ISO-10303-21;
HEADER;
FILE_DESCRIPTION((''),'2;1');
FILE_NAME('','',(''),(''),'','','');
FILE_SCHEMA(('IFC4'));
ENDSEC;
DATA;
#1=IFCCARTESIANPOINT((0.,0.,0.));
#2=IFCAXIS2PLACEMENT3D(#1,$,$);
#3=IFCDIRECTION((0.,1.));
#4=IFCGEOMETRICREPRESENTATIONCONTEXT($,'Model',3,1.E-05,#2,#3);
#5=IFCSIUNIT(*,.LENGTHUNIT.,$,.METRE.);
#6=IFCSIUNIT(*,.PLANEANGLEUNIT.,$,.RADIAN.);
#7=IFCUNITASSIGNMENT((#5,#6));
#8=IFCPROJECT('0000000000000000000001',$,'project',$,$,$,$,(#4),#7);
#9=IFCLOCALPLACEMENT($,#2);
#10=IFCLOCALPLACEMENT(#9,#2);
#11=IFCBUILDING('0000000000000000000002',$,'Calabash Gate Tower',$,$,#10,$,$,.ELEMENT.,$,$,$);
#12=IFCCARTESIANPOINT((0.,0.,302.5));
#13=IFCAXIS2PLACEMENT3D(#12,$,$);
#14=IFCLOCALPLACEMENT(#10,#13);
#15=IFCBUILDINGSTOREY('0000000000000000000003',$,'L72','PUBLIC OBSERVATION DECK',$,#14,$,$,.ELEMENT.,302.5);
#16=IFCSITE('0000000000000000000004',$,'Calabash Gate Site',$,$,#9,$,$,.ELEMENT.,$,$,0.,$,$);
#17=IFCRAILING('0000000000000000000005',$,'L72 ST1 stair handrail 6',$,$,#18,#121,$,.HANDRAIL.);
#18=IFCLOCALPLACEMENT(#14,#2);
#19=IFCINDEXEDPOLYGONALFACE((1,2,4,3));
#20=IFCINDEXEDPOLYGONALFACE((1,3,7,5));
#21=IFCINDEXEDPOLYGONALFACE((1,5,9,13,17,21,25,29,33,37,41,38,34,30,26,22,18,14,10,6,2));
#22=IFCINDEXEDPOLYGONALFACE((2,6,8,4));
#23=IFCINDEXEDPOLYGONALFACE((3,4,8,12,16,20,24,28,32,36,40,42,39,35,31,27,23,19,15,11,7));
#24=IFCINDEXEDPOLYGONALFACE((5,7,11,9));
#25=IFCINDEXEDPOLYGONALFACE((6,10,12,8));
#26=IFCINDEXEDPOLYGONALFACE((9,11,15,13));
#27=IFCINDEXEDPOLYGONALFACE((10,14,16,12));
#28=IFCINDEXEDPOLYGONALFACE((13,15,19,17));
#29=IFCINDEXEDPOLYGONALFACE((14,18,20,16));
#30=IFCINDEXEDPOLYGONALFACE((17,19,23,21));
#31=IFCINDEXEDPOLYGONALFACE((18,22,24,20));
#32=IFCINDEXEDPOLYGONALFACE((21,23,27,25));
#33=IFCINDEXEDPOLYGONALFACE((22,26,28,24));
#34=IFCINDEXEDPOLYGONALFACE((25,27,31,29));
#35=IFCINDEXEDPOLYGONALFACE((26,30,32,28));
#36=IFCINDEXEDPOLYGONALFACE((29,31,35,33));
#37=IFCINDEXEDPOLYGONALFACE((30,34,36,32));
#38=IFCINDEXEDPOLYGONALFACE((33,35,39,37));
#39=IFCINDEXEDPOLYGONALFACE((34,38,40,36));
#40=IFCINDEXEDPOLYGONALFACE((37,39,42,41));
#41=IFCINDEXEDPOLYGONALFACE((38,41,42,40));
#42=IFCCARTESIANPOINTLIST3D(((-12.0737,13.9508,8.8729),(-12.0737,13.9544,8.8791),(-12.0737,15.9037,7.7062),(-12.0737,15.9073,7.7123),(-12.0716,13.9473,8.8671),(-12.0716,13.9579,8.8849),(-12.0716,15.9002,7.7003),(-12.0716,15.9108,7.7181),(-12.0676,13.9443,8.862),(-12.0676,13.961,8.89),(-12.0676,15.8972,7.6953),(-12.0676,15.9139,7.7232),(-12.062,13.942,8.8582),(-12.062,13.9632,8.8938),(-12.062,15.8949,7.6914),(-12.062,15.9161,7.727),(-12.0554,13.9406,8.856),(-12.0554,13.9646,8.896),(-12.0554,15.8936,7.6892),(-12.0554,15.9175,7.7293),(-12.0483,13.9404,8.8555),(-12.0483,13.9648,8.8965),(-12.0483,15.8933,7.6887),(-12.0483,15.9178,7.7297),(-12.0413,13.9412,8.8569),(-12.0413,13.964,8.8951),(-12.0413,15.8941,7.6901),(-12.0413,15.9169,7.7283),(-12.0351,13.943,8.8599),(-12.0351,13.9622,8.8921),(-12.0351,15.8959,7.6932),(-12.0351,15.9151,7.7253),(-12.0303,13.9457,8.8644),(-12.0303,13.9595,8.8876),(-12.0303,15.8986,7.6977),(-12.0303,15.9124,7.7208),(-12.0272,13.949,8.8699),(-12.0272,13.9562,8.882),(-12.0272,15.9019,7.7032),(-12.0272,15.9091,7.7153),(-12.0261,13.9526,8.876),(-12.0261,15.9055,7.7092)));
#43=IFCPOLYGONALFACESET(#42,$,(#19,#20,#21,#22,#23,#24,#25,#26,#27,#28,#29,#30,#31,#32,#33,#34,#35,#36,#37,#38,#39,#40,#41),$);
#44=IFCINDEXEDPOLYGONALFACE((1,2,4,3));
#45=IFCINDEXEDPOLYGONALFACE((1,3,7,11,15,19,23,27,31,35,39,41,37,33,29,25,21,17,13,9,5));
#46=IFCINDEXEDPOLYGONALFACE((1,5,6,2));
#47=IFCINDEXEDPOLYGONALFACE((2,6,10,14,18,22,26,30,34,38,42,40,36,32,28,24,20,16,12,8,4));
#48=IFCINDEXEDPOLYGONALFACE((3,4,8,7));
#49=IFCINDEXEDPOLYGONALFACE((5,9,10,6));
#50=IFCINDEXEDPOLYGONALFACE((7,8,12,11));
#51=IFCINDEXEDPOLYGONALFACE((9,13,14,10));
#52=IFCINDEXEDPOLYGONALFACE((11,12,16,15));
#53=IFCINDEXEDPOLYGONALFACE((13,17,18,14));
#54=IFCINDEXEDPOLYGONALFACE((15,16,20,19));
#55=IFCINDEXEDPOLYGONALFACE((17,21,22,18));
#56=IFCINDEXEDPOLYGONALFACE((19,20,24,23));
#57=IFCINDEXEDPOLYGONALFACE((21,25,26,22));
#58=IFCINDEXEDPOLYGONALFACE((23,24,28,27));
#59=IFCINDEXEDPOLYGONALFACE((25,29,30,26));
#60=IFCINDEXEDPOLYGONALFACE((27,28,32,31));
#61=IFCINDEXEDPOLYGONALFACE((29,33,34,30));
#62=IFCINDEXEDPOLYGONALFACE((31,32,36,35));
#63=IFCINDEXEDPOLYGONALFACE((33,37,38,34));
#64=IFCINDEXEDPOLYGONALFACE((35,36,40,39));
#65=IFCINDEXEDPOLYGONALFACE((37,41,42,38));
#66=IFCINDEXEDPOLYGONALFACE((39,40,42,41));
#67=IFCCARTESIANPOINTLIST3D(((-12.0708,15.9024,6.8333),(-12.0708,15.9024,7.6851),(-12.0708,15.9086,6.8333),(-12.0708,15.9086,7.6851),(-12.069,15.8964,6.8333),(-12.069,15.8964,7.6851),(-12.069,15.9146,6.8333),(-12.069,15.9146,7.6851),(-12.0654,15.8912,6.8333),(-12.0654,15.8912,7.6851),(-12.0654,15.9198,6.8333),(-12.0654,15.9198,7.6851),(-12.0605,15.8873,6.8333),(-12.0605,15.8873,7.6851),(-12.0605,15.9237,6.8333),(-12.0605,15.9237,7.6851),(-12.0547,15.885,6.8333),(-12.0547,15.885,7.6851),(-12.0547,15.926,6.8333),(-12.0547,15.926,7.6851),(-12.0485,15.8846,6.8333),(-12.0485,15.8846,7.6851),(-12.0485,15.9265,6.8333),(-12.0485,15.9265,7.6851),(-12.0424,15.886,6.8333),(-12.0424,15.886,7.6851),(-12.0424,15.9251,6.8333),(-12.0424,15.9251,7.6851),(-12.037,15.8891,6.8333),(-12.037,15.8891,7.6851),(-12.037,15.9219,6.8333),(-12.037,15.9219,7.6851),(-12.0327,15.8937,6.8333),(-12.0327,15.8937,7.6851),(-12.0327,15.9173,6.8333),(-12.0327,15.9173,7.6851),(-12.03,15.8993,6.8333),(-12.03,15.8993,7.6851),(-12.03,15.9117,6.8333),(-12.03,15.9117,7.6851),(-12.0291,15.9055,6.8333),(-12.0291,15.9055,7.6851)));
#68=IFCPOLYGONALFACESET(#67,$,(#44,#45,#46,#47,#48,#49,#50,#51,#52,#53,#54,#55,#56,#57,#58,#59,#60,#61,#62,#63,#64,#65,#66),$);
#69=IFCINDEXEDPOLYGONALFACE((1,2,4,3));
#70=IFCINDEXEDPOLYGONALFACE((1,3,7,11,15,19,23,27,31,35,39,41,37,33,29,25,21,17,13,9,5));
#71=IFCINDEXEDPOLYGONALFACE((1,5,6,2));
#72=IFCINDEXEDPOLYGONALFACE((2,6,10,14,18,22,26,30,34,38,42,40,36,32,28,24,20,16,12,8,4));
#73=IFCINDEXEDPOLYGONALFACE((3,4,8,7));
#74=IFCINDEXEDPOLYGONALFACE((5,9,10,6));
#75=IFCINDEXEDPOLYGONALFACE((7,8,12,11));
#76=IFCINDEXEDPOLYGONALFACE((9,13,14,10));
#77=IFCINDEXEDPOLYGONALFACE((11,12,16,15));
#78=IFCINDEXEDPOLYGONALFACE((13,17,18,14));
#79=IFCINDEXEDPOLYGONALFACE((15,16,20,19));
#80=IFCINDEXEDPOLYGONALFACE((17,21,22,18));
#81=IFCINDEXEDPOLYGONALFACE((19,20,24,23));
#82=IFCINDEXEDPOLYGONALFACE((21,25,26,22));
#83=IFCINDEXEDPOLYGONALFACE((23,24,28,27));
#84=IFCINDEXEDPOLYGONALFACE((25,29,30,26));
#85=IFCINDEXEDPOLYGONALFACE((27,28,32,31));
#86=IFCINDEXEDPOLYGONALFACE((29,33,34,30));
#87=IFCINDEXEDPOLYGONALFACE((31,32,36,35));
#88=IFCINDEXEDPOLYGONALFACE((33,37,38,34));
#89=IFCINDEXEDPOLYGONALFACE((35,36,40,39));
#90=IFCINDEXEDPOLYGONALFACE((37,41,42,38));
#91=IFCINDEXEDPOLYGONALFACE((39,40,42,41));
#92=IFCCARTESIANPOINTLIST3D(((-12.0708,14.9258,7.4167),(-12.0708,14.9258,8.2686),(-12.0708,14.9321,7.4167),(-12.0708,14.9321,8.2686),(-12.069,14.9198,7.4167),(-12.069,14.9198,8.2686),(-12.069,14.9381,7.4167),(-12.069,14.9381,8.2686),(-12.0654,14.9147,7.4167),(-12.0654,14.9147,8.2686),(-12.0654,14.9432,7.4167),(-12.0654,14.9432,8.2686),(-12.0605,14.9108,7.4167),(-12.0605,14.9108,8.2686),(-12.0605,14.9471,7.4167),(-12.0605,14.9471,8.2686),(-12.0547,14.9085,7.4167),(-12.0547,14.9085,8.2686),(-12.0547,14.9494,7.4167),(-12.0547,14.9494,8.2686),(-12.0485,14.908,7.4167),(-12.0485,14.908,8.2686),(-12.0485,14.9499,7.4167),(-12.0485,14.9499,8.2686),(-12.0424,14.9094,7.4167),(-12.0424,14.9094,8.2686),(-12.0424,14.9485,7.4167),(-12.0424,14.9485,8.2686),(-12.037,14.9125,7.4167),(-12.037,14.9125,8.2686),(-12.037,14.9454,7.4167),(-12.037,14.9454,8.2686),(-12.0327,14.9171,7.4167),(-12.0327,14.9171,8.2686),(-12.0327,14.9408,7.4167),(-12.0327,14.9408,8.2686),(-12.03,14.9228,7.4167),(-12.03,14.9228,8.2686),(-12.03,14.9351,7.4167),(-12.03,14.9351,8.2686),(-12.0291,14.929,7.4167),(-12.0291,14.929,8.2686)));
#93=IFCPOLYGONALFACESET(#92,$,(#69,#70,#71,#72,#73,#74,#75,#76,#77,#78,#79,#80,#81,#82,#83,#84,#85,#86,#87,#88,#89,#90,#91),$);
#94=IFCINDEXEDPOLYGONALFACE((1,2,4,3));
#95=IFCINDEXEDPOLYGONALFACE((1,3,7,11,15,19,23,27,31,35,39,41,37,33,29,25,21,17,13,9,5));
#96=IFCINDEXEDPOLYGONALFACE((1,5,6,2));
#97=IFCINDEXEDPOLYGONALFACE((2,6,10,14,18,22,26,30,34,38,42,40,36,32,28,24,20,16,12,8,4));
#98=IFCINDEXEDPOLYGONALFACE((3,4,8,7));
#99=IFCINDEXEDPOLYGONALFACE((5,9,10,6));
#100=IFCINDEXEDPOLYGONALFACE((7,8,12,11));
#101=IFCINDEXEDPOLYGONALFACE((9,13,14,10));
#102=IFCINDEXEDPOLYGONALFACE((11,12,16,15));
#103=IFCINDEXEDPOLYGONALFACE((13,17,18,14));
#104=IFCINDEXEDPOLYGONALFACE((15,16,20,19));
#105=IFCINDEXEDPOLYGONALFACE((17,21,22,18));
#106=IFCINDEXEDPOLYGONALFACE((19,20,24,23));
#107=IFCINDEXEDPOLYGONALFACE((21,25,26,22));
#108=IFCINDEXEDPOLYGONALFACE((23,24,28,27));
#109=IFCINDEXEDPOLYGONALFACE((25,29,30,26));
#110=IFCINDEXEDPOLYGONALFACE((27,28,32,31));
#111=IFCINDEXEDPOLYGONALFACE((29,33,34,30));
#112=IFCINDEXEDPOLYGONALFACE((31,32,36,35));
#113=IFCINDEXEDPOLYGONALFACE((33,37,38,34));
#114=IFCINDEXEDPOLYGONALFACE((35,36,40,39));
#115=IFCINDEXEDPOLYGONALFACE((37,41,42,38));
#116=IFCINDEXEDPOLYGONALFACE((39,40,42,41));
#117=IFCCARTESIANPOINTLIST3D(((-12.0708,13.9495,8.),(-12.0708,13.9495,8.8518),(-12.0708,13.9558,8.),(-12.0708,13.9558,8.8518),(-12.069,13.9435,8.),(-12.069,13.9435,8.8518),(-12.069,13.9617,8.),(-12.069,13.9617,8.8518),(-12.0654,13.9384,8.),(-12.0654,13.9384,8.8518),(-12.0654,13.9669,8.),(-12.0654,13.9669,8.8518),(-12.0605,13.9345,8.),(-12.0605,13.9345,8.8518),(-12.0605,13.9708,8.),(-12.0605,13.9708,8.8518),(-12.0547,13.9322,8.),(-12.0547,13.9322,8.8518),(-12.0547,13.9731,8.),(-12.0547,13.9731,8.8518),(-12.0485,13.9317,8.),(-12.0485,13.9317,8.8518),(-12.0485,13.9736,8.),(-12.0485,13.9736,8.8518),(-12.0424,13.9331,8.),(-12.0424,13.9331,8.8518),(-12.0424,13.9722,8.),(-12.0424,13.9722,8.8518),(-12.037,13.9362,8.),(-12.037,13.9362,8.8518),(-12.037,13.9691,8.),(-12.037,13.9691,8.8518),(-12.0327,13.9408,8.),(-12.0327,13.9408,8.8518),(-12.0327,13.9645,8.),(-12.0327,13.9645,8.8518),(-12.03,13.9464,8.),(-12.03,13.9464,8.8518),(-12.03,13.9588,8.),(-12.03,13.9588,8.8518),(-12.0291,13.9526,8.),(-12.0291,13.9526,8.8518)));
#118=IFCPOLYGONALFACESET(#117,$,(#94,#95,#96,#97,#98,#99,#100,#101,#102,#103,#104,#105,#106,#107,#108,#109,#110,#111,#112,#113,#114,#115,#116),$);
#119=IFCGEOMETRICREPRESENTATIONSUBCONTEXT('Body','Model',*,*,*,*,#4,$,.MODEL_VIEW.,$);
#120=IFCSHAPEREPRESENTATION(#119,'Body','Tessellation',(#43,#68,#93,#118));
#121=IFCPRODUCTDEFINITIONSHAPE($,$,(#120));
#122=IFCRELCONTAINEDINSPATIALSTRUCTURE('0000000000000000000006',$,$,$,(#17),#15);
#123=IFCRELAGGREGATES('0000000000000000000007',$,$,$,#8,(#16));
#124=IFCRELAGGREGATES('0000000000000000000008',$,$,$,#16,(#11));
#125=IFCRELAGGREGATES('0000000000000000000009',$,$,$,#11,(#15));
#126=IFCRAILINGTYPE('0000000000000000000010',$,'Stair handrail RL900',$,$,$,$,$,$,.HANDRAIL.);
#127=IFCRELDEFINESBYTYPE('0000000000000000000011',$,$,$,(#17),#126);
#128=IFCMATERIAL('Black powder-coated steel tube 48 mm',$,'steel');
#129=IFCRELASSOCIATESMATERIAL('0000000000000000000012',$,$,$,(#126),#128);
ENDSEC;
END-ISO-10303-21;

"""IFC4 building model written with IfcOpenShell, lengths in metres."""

from ifc_helpers import new_model, si_unit, direction, frame, origin, origin_2d, place, context, subcontext, project, spatial, circle, extrude, material, type_object, element, save


model = new_model("IFC4")

# Units and contexts
model_context = context("Model", 3, precision=1e-05, world=origin(), true_north=direction((0.0, 1.0)))
body_context = subcontext(model_context, "Body", "Model", "MODEL_VIEW")
ifc_project = project(units=[si_unit("LENGTHUNIT", "METRE"), si_unit("PLANEANGLEUNIT", "RADIAN")], contexts=[model_context])

# Site, building, storey
site_placement = place(None, origin())
site = spatial("IfcSite", under=ifc_project, at=site_placement, Name="Calabash Gate Site", CompositionType="ELEMENT", RefElevation=0.0)
building_placement = place(site_placement, origin())
building = spatial("IfcBuilding", under=site, at=building_placement, Name="Calabash Gate Tower", CompositionType="ELEMENT")
storey_placement = place(building_placement, frame((0.0, 0.0, 302.5)))
storey = spatial("IfcBuildingStorey", under=building, at=storey_placement, Name="L72", Description="PUBLIC OBSERVATION DECK", CompositionType="ELEMENT", Elevation=302.5)

# Railing
ifc_material_1 = material(Name="Black powder-coated steel tube 48 mm", Category="steel")
railing_type_1 = type_object("IfcRailingType", Name="Stair handrail RL900", PredefinedType="HANDRAIL", material=ifc_material_1)
railing_1_placement = place(storey_placement, frame((-12.05, 15.9055, 6.8333)))
element("IfcRailing", 1, at=railing_1_placement, inside=storey, type_object=railing_type_1, Name="L72 ST1 stair handrail 6", PredefinedType="HANDRAIL", context=body_context, shape_type="SweptSolid", body=[
    extrude(circle(Radius=0.0239, at=origin_2d()), frame((0.0, 0.0, 0.876), z_axis=(0.0, -0.858457, 0.512885), x_axis=(1.0, 0.0, 0.0)), (0.0, 0.0, 1.0), 2.2749),
    extrude(circle(Radius=0.021, at=origin_2d()), origin(), (0.0, 0.0, 1.0), 0.8518),
    extrude(circle(Radius=0.021, at=origin_2d()), frame((0.0, -0.9766, 0.5835)), (0.0, 0.0, 1.0), 0.8518),
    extrude(circle(Radius=0.021, at=origin_2d()), frame((0.0, -1.9529, 1.1667)), (0.0, 0.0, 1.0), 0.8518),
])

save(model, "model.ifc")
